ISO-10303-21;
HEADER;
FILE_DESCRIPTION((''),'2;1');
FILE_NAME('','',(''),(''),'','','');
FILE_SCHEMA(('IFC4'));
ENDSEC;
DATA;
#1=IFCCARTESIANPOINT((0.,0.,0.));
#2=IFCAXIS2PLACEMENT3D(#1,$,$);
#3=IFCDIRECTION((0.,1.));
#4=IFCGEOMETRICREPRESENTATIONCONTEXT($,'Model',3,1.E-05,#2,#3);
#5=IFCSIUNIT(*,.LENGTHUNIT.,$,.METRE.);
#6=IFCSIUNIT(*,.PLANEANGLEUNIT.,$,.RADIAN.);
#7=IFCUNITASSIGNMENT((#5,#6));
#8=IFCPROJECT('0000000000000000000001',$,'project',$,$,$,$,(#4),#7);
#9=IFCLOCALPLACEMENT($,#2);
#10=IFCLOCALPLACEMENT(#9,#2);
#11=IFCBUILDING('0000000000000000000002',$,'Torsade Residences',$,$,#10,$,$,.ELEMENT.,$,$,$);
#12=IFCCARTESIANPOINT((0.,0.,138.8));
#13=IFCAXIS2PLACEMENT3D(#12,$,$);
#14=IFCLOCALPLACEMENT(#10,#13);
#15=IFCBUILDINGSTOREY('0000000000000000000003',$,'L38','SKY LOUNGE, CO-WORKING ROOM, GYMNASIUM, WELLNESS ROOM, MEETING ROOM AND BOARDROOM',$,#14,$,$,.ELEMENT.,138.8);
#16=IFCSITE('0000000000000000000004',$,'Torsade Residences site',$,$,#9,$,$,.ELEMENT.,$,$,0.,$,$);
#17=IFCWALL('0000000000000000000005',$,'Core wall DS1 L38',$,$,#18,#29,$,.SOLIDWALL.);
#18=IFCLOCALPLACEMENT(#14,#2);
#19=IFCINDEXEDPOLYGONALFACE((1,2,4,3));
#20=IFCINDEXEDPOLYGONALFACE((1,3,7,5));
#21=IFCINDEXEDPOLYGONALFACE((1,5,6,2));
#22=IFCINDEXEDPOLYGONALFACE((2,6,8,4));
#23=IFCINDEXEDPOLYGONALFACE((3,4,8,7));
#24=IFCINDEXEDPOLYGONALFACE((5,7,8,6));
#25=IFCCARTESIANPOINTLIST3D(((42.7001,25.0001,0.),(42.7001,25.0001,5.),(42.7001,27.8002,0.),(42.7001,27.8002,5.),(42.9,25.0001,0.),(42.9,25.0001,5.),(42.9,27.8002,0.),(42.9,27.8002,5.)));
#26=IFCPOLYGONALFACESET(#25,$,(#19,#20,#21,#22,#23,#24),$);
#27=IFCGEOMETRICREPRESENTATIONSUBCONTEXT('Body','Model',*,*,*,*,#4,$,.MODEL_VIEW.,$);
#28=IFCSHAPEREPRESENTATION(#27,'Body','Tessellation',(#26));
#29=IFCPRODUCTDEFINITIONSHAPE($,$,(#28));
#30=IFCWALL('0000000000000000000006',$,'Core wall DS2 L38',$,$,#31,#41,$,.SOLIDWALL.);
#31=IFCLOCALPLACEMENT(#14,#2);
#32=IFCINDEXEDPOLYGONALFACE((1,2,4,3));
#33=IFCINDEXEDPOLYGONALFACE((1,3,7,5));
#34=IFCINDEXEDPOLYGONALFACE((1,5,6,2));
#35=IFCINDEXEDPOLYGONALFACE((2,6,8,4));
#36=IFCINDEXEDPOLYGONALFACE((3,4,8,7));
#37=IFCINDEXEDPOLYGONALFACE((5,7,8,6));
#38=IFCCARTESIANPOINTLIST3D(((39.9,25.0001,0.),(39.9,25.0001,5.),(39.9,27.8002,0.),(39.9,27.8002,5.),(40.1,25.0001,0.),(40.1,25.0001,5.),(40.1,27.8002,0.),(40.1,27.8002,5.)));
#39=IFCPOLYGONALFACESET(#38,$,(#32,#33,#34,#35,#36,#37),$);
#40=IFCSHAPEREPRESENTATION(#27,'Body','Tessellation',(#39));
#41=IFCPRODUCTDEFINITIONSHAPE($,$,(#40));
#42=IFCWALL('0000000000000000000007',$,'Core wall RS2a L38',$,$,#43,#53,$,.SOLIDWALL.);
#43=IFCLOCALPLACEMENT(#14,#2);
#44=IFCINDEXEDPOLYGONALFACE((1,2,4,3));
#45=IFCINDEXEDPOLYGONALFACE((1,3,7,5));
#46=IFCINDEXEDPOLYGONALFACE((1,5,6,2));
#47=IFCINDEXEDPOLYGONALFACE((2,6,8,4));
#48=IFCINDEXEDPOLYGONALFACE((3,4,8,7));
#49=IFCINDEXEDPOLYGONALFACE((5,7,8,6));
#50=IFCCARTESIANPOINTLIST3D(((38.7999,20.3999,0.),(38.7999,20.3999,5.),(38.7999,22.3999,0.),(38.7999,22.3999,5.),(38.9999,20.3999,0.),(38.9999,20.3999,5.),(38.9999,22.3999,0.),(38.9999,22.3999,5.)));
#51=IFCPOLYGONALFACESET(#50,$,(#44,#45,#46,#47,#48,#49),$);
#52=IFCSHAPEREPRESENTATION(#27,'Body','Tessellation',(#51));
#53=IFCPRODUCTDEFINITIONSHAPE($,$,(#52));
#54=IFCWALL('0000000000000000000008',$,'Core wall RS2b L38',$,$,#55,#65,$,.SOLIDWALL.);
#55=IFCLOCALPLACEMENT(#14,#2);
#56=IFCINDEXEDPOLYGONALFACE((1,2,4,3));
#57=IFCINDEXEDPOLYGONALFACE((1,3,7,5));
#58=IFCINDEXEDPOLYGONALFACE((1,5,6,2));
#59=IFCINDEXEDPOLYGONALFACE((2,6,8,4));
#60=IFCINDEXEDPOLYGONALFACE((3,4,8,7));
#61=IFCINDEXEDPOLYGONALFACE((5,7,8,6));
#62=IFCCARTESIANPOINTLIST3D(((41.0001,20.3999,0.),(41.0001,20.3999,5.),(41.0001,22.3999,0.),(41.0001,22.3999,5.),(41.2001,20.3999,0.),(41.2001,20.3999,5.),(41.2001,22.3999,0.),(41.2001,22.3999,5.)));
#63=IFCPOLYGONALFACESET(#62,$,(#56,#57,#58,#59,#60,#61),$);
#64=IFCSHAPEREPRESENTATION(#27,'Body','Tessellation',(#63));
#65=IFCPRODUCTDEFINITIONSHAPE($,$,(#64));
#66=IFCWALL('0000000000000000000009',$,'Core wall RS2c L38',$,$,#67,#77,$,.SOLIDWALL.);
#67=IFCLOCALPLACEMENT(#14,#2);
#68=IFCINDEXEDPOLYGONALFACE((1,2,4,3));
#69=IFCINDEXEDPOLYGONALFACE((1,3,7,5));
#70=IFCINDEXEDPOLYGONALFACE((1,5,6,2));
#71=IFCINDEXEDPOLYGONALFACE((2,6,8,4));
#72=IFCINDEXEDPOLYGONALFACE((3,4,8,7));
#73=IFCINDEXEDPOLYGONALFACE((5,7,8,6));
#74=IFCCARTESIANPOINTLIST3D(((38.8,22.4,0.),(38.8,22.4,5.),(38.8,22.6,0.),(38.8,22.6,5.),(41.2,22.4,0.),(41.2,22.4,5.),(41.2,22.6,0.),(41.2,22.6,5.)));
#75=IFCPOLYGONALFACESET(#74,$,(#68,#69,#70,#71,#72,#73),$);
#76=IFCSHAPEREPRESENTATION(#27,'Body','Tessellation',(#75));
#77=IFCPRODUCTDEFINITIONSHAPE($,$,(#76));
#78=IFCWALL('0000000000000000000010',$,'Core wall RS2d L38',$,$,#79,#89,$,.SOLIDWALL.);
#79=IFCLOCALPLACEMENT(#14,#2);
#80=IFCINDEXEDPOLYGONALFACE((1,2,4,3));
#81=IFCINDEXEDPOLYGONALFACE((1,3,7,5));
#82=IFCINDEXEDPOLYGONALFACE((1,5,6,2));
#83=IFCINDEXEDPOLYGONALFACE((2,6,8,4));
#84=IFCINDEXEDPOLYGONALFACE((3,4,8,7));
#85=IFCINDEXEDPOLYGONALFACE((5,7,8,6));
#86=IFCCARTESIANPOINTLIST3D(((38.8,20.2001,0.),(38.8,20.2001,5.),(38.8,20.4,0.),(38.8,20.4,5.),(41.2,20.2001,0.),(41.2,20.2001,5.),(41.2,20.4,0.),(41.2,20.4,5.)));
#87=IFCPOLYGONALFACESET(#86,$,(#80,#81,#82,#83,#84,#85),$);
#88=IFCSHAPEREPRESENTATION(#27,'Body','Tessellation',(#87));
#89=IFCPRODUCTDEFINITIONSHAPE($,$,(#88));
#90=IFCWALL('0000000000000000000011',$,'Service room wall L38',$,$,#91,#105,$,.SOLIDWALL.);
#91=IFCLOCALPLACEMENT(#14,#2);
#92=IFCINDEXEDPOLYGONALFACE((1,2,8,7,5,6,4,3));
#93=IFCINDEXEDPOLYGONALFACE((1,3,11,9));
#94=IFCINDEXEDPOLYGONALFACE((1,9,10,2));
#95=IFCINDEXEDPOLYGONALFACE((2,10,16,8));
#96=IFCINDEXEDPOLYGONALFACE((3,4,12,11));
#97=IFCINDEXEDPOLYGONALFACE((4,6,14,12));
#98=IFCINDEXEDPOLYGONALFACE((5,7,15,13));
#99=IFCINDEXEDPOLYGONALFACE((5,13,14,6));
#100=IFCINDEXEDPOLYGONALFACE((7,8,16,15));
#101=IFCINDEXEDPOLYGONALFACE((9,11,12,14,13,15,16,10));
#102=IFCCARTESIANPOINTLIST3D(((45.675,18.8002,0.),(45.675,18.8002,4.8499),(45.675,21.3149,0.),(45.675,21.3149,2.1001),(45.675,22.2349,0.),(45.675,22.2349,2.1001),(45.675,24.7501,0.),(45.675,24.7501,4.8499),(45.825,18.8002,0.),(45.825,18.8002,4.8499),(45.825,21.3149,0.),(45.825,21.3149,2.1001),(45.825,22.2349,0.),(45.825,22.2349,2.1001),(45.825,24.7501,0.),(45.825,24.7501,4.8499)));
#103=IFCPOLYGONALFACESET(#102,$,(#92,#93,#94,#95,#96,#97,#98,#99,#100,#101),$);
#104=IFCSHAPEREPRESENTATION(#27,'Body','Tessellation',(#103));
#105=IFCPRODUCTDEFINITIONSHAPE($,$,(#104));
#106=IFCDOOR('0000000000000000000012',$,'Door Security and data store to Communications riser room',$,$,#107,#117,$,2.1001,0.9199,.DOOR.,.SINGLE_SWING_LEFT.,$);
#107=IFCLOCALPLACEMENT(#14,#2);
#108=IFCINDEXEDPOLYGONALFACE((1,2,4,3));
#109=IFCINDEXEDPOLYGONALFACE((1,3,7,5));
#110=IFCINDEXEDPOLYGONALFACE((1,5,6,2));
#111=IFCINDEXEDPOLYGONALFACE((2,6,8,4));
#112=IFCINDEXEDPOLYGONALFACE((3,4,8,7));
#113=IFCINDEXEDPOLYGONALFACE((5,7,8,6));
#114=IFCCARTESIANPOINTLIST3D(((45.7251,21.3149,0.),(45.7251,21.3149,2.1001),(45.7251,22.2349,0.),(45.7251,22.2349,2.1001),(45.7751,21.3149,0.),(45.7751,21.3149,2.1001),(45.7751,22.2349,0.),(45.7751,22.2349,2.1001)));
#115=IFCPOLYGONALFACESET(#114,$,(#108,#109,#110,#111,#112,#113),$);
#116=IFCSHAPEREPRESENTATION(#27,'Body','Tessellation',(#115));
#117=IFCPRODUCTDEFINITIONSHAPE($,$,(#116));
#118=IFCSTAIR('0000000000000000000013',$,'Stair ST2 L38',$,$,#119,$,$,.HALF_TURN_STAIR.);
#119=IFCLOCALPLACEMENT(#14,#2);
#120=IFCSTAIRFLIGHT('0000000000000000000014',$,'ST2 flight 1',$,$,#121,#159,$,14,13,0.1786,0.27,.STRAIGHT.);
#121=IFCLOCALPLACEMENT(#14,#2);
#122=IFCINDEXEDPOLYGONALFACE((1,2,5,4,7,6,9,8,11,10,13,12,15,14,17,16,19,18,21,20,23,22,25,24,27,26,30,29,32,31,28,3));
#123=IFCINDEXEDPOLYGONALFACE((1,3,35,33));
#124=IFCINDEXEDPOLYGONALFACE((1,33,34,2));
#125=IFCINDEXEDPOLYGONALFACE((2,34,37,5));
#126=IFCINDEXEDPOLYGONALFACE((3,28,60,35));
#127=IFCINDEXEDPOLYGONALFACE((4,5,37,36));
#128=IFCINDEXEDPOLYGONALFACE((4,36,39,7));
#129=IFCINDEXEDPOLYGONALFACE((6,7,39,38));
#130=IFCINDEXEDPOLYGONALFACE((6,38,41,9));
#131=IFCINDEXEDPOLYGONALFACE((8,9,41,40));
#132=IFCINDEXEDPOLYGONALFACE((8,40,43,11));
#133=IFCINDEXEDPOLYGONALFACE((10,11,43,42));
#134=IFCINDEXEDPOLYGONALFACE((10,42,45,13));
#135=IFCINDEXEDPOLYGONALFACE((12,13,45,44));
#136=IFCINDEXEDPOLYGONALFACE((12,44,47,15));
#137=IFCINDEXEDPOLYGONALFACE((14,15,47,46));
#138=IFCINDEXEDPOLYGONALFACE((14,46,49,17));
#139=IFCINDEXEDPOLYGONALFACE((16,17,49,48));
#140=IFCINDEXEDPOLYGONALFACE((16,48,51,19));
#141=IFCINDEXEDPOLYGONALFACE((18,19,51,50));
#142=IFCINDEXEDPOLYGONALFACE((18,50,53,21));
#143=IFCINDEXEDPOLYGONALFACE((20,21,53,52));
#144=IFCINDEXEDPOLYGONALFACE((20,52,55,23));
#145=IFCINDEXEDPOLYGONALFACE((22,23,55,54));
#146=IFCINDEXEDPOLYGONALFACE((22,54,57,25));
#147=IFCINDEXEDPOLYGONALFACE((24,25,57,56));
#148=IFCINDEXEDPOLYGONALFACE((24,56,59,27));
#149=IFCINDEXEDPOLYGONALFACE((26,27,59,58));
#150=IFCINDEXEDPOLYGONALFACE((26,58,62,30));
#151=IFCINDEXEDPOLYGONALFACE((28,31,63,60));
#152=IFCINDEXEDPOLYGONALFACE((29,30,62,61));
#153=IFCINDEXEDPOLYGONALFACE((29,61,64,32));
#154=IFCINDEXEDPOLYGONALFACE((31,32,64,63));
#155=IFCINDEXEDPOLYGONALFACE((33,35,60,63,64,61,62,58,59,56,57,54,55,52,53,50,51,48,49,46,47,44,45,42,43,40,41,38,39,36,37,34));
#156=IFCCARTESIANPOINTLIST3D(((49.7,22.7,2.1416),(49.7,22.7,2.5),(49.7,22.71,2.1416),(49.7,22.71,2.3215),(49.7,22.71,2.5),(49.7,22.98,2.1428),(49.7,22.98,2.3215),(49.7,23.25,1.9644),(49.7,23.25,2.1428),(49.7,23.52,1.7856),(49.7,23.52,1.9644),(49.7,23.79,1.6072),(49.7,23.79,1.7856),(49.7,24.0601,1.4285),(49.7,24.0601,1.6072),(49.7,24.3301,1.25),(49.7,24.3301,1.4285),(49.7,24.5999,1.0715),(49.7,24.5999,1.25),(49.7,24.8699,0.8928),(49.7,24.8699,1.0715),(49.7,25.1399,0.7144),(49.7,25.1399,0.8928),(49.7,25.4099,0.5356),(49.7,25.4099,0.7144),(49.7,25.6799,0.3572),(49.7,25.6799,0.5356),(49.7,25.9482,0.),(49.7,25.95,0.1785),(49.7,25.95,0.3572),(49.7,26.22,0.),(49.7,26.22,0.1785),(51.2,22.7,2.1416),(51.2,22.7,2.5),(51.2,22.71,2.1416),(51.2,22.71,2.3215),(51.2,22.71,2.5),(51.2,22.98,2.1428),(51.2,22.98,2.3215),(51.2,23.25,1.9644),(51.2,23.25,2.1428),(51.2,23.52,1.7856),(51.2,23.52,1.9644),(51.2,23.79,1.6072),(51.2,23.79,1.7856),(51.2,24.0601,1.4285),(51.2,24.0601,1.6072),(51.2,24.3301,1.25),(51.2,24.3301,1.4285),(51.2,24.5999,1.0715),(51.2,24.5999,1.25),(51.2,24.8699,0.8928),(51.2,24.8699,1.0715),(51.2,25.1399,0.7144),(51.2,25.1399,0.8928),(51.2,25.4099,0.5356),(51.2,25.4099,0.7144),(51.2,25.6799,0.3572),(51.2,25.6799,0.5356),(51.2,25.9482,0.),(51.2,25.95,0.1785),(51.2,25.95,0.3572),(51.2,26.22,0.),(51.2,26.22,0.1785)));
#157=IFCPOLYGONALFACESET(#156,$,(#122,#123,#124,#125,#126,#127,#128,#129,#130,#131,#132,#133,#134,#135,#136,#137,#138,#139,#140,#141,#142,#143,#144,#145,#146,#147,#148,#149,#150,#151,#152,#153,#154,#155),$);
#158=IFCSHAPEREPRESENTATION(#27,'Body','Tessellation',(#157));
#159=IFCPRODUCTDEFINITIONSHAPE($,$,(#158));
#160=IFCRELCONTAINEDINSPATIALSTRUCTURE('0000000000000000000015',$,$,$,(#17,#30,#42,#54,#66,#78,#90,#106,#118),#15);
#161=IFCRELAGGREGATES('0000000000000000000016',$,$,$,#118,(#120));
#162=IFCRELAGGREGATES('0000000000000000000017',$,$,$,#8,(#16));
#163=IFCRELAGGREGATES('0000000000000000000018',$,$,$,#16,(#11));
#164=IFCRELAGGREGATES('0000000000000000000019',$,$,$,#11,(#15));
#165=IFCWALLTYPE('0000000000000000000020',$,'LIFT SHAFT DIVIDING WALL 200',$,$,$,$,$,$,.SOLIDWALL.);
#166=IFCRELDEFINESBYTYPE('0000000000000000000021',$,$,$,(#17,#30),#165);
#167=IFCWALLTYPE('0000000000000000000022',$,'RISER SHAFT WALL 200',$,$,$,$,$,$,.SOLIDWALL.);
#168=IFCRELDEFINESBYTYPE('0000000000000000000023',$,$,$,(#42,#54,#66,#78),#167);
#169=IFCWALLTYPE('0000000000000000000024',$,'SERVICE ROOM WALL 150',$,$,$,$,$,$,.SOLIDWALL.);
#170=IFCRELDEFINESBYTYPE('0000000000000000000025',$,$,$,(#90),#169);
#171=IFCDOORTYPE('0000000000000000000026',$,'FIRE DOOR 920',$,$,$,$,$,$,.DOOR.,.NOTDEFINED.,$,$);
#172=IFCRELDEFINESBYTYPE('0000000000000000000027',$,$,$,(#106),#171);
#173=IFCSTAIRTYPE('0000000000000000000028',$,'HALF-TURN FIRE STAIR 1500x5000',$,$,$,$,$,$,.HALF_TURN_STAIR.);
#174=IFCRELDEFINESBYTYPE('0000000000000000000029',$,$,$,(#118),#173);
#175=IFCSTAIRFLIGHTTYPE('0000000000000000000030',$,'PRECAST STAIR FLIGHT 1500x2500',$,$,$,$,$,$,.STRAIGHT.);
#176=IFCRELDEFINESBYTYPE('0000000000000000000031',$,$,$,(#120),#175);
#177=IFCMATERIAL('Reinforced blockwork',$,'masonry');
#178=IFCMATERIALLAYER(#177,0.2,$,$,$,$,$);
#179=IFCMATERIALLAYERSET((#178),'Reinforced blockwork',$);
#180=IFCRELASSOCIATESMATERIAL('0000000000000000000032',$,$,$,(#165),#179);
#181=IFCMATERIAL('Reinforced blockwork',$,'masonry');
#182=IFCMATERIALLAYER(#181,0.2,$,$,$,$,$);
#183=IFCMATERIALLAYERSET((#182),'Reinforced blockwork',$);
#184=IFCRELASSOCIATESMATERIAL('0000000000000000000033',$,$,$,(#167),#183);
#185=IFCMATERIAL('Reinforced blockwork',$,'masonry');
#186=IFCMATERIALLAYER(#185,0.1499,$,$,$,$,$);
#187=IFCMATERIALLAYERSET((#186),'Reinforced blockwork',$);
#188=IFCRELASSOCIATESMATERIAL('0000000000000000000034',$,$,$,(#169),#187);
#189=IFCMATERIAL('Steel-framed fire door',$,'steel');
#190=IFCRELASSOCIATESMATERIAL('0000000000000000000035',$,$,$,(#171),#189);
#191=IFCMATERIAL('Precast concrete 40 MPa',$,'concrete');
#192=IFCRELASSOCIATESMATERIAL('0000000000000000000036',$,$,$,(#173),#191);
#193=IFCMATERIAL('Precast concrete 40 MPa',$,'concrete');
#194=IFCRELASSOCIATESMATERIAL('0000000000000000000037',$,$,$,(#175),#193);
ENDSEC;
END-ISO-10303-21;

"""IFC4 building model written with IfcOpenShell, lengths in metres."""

from ifc_helpers import new_model, si_unit, direction, frame, frame_2d, origin, place, context, subcontext, project, spatial, polyline, rectangle, outline, extrude, material, layer, layer_set, type_object, element, fill, aggregate, save


model = new_model("IFC4")

# Units and contexts
model_context = context("Model", 3, precision=1e-05, world=origin(), true_north=direction((0.0, 1.0)))
body_context = subcontext(model_context, "Body", "Model", "MODEL_VIEW")
ifc_project = project(units=[si_unit("LENGTHUNIT", "METRE"), si_unit("PLANEANGLEUNIT", "RADIAN")], contexts=[model_context])

# Site, building, storey
site_placement = place(None, origin())
site = spatial("IfcSite", under=ifc_project, at=site_placement, Name="Torsade Residences site", CompositionType="ELEMENT", RefElevation=0.0)
building_placement = place(site_placement, origin())
building = spatial("IfcBuilding", under=site, at=building_placement, Name="Torsade Residences", CompositionType="ELEMENT")
storey_placement = place(building_placement, frame((0.0, 0.0, 138.8)))
storey = spatial("IfcBuildingStorey", under=building, at=storey_placement, Name="L38", Description="SKY LOUNGE, CO-WORKING ROOM, GYMNASIUM, WELLNESS ROOM, MEETING ROOM AND BOARDROOM", CompositionType="ELEMENT", Elevation=138.8)

# Walls
ifc_material_1 = material(Name="Reinforced blockwork", Category="masonry")
ifc_layer_1 = layer(ifc_material_1, 0.2)
ifc_layer_set_1 = layer_set([ifc_layer_1], Name="Reinforced blockwork")
wall_type_1 = type_object("IfcWallType", Name="LIFT SHAFT DIVIDING WALL 200", PredefinedType="SOLIDWALL", material=ifc_layer_set_1)
for number, where, z_axis, x_axis, name in (
    (1, (42.8, 27.8, 0.0), (0.0, 0.0, 1.0), (0.0, -1.0, 0.0), "Core wall DS1 L38"),
    (2, (40.0, 27.8, 0.0), (0.0, 0.0, 1.0), (0.0, -1.0, 0.0), "Core wall DS2 L38"),
):
    element("IfcWall", number, at=place(storey_placement, frame(where, z_axis=z_axis, x_axis=x_axis)), inside=storey, type_object=wall_type_1, Name=name, PredefinedType="SOLIDWALL", context=body_context, shape_type="SweptSolid", body=[
        extrude(rectangle(XDim=2.8, YDim=0.2, at=frame_2d((1.3999, 0.0))), origin(), (0.0, 0.0, 1.0), 5.0),
    ])
ifc_material_2 = material(Name="Reinforced blockwork", Category="masonry")
ifc_layer_2 = layer(ifc_material_2, 0.2)
ifc_layer_set_2 = layer_set([ifc_layer_2], Name="Reinforced blockwork")
wall_type_2 = type_object("IfcWallType", Name="RISER SHAFT WALL 200", PredefinedType="SOLIDWALL", material=ifc_layer_set_2)
for number, where, z_axis, x_axis, name in (
    (3, (38.8999, 22.3999, 0.0), (0.0, 0.0, 1.0), (0.0, -1.0, 0.0), "Core wall RS2a L38"),
    (4, (41.1001, 22.3999, 0.0), (0.0, 0.0, 1.0), (0.0, -1.0, 0.0), "Core wall RS2b L38"),
):
    element("IfcWall", number, at=place(storey_placement, frame(where, z_axis=z_axis, x_axis=x_axis)), inside=storey, type_object=wall_type_2, Name=name, PredefinedType="SOLIDWALL", context=body_context, shape_type="SweptSolid", body=[
        extrude(rectangle(XDim=2.0, YDim=0.2, at=frame_2d((1.0, 0.0))), origin(), (0.0, 0.0, 1.0), 5.0),
    ])
for number, where, z_axis, x_axis, name in (
    (5, (38.8, 22.5, 0.0), (0.0, 0.0, 1.0), (1.0, 0.0, 0.0), "Core wall RS2c L38"),
    (6, (38.8, 20.3, 0.0), (0.0, 0.0, 1.0), (1.0, 0.0, 0.0), "Core wall RS2d L38"),
):
    element("IfcWall", number, at=place(storey_placement, frame(where, z_axis=z_axis, x_axis=x_axis)), inside=storey, type_object=wall_type_2, Name=name, PredefinedType="SOLIDWALL", context=body_context, shape_type="SweptSolid", body=[
        extrude(rectangle(XDim=2.3999, YDim=0.2, at=frame_2d((1.2, 0.0))), origin(), (0.0, 0.0, 1.0), 5.0),
    ])

# Wall, opening, door
ifc_material_3 = material(Name="Reinforced blockwork", Category="masonry")
ifc_layer_3 = layer(ifc_material_3, 0.1499)
ifc_layer_set_3 = layer_set([ifc_layer_3], Name="Reinforced blockwork")
wall_type_3 = type_object("IfcWallType", Name="SERVICE ROOM WALL 150", PredefinedType="SOLIDWALL", material=ifc_layer_set_3)
wall_1_placement = place(storey_placement, frame((45.75, 18.8, 0.0), z_axis=(0.0, 0.0, 1.0), x_axis=(0.0, 1.0, 0.0)))
wall_1 = element("IfcWall", 7, at=wall_1_placement, inside=storey, type_object=wall_type_3, Name="Service room wall L38", PredefinedType="SOLIDWALL", context=body_context, shape_type="SweptSolid", body=[
    extrude(rectangle(XDim=5.95, YDim=0.1499, at=frame_2d((2.9751, 0.0))), origin(), (0.0, 0.0, 1.0), 4.8499),
])
opening_1_placement = place(wall_1_placement, frame((2.5149, 0.0, 0.0)))
opening_1 = element("IfcOpeningElement", 8, at=opening_1_placement, cuts=wall_1, PredefinedType="OPENING", context=body_context, shape_type="SweptSolid", body=[
    extrude(rectangle(XDim=0.9199, YDim=2.1001, at=frame_2d((0.46, 1.05))), frame((0.0, 0.085, 0.0), z_axis=(0.0, -1.0, 0.0), x_axis=(1.0, 0.0, 0.0)), (0.0, 0.0, 1.0), 0.1699),
])
ifc_material_4 = material(Name="Steel-framed fire door", Category="steel")
door_type_1 = type_object("IfcDoorType", Name="FIRE DOOR 920", OperationType="NOTDEFINED", PredefinedType="DOOR", material=ifc_material_4)
door_1_placement = place(opening_1_placement, origin())
door_1 = element("IfcDoor", 9, at=door_1_placement, inside=storey, type_object=door_type_1, Name="Door Security and data store to Communications riser room", OperationType="SINGLE_SWING_LEFT", OverallHeight=2.1001, OverallWidth=0.9199, PredefinedType="DOOR", context=body_context, shape_type="SweptSolid", body=[
    extrude(rectangle(XDim=0.9199, YDim=2.1001, at=frame_2d((0.46, 1.05))), frame((0.0, 0.0249, 0.0), z_axis=(0.0, -1.0, 0.0), x_axis=(1.0, 0.0, 0.0)), (0.0, 0.0, 1.0), 0.05),
])
fill(opening_1, door_1)

# Stair, stair flight
ifc_material_5 = material(Name="Precast concrete 40 MPa", Category="concrete")
stair_type = type_object("IfcStairType", Name="HALF-TURN FIRE STAIR 1500x5000", PredefinedType="HALF_TURN_STAIR", material=ifc_material_5)
stair_placement = place(storey_placement, origin())
stair = element("IfcStair", 10, at=stair_placement, inside=storey, type_object=stair_type, Name="Stair ST2 L38", PredefinedType="HALF_TURN_STAIR")
ifc_material_6 = material(Name="Precast concrete 40 MPa", Category="concrete")
stair_flight_type = type_object("IfcStairFlightType", Name="PRECAST STAIR FLIGHT 1500x2500", PredefinedType="STRAIGHT", material=ifc_material_6)
stair_flight_1_placement = place(storey_placement, frame((50.45, 26.22, 0.0), z_axis=(0.0, 0.0, 1.0), x_axis=(0.0, -1.0, 0.0)))
stair_flight_1 = element("IfcStairFlight", 11, at=stair_flight_1_placement, type_object=stair_flight_type, Name="ST2 flight 1", NumberOfRisers=14, NumberOfTreads=13, PredefinedType="STRAIGHT", RiserHeight=0.1786, TreadLength=0.27, context=body_context, shape_type="SweptSolid", body=[
    extrude(outline(polyline([(0.0, 0.0), (0.0, 0.1785), (0.27, 0.1785), (0.27, 0.3572), (0.54, 0.3572), (0.54, 0.5356), (0.8101, 0.5356), (0.8101, 0.7144), (1.0801, 0.7144), (1.0801, 0.8928), (1.3501, 0.8928), (1.3501, 1.0715), (1.6201, 1.0715), (1.6201, 1.25), (1.8899, 1.25), (1.8899, 1.4285), (2.1599, 1.4285), (2.1599, 1.6072), (2.4299, 1.6072), (2.4299, 1.7856), (2.7, 1.7856), (2.7, 1.9644), (2.97, 1.9644), (2.97, 2.1428), (3.24, 2.1428), (3.24, 2.3215), (3.51, 2.3215), (3.51, 2.5), (3.52, 2.5), (3.52, 2.1416), (3.51, 2.1416), (0.2717, 0.0), (0.0, 0.0)])), frame((0.0, 0.75, 0.0), z_axis=(0.0, -1.0, 0.0), x_axis=(1.0, 0.0, 0.0)), (0.0, 0.0, 1.0), 1.5),
])
aggregate(stair, [stair_flight_1])

save(model, "model.ifc")
